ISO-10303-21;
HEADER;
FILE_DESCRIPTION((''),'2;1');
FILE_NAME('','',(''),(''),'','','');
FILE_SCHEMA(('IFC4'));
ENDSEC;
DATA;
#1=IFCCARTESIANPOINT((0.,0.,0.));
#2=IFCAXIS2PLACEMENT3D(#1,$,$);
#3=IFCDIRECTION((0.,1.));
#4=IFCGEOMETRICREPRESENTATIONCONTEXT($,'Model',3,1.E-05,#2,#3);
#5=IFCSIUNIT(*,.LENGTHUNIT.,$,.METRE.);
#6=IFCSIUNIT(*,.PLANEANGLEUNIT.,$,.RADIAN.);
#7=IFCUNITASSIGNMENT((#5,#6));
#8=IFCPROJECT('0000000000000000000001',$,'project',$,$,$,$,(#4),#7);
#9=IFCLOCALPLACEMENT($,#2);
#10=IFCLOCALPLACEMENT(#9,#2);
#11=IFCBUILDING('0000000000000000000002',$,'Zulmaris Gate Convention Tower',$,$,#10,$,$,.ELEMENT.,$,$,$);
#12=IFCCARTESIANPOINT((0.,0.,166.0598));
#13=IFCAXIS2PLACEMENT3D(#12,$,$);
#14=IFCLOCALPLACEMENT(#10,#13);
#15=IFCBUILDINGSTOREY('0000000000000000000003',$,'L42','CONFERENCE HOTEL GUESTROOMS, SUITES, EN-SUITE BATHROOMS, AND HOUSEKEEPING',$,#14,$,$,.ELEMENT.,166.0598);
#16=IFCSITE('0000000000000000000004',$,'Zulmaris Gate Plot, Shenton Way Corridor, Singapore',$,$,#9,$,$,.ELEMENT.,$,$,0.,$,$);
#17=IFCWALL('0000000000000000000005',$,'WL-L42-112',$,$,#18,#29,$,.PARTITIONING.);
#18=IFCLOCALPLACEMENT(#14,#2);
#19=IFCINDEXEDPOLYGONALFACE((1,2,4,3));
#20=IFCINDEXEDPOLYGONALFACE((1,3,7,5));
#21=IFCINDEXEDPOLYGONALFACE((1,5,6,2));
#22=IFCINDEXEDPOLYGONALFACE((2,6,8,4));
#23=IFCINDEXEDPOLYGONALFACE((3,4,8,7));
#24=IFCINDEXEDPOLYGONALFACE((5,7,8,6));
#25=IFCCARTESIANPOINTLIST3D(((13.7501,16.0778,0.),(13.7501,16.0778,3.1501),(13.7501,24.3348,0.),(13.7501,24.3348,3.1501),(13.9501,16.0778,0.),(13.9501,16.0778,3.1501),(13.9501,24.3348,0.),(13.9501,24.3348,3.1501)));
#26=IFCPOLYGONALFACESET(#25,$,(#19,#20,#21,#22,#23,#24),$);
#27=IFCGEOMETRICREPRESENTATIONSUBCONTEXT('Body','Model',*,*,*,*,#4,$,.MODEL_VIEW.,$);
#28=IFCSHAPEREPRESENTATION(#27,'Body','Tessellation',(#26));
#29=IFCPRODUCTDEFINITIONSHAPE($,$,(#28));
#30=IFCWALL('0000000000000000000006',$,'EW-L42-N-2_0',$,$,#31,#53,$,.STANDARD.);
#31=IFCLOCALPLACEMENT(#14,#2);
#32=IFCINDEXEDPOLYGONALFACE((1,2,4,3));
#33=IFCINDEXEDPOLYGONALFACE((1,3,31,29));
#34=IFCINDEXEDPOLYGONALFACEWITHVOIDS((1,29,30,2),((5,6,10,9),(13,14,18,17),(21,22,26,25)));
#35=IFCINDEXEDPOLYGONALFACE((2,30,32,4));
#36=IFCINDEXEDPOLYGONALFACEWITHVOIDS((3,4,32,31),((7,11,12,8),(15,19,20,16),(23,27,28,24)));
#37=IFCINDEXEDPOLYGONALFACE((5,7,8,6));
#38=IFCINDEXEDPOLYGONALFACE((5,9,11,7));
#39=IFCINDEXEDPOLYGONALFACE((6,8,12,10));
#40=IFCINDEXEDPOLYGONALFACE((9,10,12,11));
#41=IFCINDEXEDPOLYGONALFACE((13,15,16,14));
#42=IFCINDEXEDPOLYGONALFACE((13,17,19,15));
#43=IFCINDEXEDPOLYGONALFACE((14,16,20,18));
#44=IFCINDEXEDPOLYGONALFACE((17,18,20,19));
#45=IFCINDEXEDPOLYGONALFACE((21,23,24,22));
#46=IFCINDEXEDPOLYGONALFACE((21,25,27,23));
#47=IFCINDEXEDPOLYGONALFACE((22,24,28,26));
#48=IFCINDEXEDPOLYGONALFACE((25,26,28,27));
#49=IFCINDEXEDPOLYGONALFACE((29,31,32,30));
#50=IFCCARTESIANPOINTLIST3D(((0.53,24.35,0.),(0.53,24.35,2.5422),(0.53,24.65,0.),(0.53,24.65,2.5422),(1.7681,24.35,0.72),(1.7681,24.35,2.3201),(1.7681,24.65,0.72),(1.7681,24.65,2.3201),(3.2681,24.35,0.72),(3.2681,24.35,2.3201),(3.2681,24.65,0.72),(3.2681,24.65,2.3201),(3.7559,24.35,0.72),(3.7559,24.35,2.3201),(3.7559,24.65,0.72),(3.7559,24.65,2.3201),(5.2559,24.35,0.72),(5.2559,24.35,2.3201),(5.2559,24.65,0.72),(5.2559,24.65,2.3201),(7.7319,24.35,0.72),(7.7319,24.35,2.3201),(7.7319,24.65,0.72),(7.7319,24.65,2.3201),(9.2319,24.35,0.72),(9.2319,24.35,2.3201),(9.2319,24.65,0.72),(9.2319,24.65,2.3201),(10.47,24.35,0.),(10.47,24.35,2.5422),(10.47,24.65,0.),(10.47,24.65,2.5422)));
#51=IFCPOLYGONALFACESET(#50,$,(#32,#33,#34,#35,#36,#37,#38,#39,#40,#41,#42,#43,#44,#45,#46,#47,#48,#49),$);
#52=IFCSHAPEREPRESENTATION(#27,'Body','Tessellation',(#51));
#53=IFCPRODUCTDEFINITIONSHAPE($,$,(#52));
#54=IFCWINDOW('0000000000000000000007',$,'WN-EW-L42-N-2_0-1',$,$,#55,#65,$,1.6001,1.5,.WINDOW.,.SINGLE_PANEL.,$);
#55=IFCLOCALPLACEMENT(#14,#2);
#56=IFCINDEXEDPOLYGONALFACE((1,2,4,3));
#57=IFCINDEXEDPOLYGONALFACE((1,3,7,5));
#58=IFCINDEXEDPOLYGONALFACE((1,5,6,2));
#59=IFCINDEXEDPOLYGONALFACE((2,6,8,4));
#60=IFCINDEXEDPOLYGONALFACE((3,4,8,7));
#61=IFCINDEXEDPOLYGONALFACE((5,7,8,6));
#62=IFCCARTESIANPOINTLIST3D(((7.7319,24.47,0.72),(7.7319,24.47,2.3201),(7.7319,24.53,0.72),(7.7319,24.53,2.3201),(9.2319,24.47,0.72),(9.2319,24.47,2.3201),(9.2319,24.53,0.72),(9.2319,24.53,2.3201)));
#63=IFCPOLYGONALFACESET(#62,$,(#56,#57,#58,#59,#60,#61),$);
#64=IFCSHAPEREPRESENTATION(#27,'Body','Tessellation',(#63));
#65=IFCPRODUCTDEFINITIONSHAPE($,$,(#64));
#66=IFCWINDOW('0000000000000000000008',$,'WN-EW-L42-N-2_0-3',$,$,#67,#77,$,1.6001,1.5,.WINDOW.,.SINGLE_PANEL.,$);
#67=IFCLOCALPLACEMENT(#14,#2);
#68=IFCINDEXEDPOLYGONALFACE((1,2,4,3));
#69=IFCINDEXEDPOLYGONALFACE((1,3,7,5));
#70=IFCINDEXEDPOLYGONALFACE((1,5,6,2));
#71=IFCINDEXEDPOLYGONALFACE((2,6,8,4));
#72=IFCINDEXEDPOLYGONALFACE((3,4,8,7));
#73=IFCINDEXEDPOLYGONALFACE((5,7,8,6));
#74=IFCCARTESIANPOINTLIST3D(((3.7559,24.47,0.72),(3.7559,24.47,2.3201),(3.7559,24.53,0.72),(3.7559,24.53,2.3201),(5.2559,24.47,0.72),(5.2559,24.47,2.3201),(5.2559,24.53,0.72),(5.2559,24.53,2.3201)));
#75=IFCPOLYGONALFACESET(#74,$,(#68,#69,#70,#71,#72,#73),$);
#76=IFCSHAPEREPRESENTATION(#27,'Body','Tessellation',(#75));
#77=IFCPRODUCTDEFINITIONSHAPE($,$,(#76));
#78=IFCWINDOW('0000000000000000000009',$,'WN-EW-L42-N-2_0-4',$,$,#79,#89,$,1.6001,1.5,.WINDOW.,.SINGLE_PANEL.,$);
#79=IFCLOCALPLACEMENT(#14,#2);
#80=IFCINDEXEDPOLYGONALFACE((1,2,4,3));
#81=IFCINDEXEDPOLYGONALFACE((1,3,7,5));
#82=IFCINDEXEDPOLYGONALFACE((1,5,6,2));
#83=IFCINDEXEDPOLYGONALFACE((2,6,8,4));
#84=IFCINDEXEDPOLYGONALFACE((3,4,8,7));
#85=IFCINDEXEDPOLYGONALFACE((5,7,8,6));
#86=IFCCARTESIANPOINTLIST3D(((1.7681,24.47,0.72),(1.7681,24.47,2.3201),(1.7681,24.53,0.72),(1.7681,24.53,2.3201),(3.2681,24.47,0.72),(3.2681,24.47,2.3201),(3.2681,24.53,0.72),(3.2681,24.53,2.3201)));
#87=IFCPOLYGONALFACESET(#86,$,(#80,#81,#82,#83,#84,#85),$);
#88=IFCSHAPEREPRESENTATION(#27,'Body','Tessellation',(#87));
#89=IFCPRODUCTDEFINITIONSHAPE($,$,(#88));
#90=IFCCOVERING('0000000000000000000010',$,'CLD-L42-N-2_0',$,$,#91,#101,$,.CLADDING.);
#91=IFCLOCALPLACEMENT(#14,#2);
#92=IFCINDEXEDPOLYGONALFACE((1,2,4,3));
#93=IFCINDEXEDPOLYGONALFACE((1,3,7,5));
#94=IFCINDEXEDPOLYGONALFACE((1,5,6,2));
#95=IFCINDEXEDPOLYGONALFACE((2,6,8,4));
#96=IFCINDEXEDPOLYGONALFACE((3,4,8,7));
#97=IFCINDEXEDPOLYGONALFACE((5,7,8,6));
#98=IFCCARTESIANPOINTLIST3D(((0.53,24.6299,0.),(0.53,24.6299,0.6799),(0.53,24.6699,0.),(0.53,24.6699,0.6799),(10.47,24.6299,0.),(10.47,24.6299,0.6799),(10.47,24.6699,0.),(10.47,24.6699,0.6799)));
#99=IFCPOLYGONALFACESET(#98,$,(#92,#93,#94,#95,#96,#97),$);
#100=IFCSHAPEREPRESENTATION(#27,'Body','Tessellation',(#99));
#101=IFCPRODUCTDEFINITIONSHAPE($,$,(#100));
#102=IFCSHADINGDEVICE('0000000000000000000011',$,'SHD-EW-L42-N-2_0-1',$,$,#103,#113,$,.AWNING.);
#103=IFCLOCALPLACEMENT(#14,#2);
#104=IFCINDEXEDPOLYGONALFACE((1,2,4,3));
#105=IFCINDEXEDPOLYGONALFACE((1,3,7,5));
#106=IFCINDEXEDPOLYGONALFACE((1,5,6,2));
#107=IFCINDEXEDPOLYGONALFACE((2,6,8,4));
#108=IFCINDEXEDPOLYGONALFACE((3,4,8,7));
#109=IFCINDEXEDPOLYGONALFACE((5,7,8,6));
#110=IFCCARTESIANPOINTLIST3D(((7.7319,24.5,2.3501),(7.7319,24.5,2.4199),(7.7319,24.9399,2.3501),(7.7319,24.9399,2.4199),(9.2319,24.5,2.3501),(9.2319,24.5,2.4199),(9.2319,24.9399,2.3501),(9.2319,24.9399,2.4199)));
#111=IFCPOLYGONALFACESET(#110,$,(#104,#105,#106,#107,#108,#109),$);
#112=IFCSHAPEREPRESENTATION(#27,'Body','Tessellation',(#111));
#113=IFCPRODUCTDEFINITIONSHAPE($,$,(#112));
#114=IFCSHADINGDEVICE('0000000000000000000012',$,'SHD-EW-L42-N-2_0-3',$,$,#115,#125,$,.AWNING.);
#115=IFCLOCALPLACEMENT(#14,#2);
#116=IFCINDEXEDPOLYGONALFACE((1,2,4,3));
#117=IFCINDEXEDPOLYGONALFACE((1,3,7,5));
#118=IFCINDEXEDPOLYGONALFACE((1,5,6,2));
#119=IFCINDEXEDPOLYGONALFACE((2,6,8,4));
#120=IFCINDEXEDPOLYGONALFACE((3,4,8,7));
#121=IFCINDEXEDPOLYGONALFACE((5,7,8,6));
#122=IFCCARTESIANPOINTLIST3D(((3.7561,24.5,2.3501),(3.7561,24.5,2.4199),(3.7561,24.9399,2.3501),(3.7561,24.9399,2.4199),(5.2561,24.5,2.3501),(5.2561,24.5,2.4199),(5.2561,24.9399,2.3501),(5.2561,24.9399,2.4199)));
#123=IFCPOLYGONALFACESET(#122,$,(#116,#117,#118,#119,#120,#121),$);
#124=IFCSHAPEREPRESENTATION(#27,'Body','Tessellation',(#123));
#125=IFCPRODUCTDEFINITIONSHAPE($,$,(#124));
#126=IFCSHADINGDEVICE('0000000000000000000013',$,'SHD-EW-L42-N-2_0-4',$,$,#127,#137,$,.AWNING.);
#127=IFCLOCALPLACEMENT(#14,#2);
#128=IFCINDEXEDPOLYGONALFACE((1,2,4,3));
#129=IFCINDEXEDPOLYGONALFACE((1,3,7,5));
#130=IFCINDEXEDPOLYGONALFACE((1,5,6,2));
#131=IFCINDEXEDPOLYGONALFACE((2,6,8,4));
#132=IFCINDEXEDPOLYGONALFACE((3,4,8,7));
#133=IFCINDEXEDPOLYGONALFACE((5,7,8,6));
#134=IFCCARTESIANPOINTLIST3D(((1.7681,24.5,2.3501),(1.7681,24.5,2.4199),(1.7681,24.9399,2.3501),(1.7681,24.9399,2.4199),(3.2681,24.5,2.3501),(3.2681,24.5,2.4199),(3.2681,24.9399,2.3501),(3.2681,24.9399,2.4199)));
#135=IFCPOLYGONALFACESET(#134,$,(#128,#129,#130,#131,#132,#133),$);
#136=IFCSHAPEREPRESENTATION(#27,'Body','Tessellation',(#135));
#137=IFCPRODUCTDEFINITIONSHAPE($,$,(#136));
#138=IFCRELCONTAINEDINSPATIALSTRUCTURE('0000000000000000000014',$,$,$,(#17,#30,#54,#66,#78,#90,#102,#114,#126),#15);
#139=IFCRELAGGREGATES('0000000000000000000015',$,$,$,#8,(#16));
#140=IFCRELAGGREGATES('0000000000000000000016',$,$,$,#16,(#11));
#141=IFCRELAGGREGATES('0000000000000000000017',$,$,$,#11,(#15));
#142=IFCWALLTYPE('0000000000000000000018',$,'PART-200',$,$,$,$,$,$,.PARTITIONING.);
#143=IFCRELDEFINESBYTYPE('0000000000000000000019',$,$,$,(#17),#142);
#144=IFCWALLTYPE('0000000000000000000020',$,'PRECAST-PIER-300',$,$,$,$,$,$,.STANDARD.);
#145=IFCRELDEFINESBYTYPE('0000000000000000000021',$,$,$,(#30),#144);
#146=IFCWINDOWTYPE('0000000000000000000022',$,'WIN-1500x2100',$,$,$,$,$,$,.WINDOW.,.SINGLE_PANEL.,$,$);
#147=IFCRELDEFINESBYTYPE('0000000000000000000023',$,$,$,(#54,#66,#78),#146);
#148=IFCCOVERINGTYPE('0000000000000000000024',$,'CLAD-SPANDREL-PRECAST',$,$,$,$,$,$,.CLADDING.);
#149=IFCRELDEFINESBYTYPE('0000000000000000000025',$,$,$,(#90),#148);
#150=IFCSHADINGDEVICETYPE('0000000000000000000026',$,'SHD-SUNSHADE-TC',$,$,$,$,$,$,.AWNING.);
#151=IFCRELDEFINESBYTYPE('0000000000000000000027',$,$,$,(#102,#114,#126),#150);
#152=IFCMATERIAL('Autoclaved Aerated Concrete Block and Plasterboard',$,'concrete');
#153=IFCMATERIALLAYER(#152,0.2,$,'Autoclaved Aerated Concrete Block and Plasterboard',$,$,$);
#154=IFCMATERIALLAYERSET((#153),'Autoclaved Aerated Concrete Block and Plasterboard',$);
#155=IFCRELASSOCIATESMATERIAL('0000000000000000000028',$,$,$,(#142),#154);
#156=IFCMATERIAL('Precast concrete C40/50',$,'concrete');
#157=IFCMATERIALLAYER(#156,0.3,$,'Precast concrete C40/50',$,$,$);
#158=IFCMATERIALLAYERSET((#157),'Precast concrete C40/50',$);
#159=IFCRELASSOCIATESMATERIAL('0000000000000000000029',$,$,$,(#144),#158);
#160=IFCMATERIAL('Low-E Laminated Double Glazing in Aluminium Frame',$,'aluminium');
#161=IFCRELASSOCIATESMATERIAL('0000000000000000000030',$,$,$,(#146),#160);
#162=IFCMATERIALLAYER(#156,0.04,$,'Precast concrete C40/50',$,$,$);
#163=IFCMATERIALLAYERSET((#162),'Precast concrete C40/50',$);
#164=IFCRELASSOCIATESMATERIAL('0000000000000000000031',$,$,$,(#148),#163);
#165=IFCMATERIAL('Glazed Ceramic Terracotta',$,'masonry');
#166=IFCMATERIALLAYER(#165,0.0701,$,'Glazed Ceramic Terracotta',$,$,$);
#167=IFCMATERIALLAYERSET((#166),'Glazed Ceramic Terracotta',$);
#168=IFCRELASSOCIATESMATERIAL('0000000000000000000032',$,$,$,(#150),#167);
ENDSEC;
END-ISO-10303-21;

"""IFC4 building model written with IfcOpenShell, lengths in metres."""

from ifc_helpers import new_model, si_unit, direction, frame, frame_2d, origin, place, context, subcontext, project, spatial, rectangle, extrude, material, layer, layer_set, type_object, element, fill, save


model = new_model("IFC4")

# Units and contexts
model_context = context("Model", 3, precision=1e-05, world=origin(), true_north=direction((0.0, 1.0)))
body_context = subcontext(model_context, "Body", "Model", "MODEL_VIEW")
ifc_project = project(units=[si_unit("LENGTHUNIT", "METRE"), si_unit("PLANEANGLEUNIT", "RADIAN")], contexts=[model_context])

# Site, building, storey
site_placement = place(None, origin())
site = spatial("IfcSite", under=ifc_project, at=site_placement, Name="Zulmaris Gate Plot, Shenton Way Corridor, Singapore", CompositionType="ELEMENT", RefElevation=0.0)
building_placement = place(site_placement, origin())
building = spatial("IfcBuilding", under=site, at=building_placement, Name="Zulmaris Gate Convention Tower", CompositionType="ELEMENT")
storey_placement = place(building_placement, frame((0.0, 0.0, 166.0598)))
storey = spatial("IfcBuildingStorey", under=building, at=storey_placement, Name="L42", Description="CONFERENCE HOTEL GUESTROOMS, SUITES, EN-SUITE BATHROOMS, AND HOUSEKEEPING", CompositionType="ELEMENT", Elevation=166.0598)

# Wall
ifc_material_1 = material(Name="Autoclaved Aerated Concrete Block and Plasterboard", Category="concrete")
ifc_layer_1 = layer(ifc_material_1, 0.2, Name="Autoclaved Aerated Concrete Block and Plasterboard")
ifc_layer_set_1 = layer_set([ifc_layer_1], Name="Autoclaved Aerated Concrete Block and Plasterboard")
wall_type_1 = type_object("IfcWallType", Name="PART-200", PredefinedType="PARTITIONING", material=ifc_layer_set_1)
wall_1_placement = place(storey_placement, frame((13.8501, 16.0779, 0.0), z_axis=(0.0, 0.0, 1.0), x_axis=(0.0, 1.0, 0.0)))
element("IfcWall", 1, at=wall_1_placement, inside=storey, type_object=wall_type_1, Name="WL-L42-112", PredefinedType="PARTITIONING", context=body_context, shape_type="SweptSolid", body=[
    extrude(rectangle(XDim=8.2571, YDim=0.2, at=frame_2d((4.1284, 0.0))), origin(), (0.0, 0.0, 1.0), 3.1501),
])

# Wall, openings, windows
ifc_material_2 = material(Name="Precast concrete C40/50", Category="concrete")
ifc_layer_2 = layer(ifc_material_2, 0.3, Name="Precast concrete C40/50")
ifc_layer_set_2 = layer_set([ifc_layer_2], Name="Precast concrete C40/50")
wall_type_2 = type_object("IfcWallType", Name="PRECAST-PIER-300", PredefinedType="STANDARD", material=ifc_layer_set_2)
wall_2_placement = place(storey_placement, frame((10.47, 24.5, 0.0), z_axis=(0.0, 0.0, 1.0), x_axis=(-1.0, 0.0, 0.0)))
wall_2 = element("IfcWall", 2, at=wall_2_placement, inside=storey, type_object=wall_type_2, Name="EW-L42-N-2_0", PredefinedType="STANDARD", context=body_context, shape_type="SweptSolid", body=[
    extrude(rectangle(XDim=9.9399, YDim=0.3, at=frame_2d((4.97, 0.0))), origin(), (0.0, 0.0, 1.0), 2.5422),
])
opening_1_placement = place(wall_2_placement, frame((1.238, 0.0, 0.72)))
opening_1 = element("IfcOpeningElement", 3, at=opening_1_placement, cuts=wall_2, PredefinedType="OPENING", context=body_context, shape_type="SweptSolid", body=[
    extrude(rectangle(XDim=1.5, YDim=1.6001, at=frame_2d((0.75, 0.8))), frame((0.0, 0.1602, 0.0), z_axis=(0.0, -1.0, 0.0), x_axis=(1.0, 0.0, 0.0)), (0.0, 0.0, 1.0), 0.3201),
])
opening_2_placement = place(wall_2_placement, frame((5.2141, 0.0, 0.72)))
opening_2 = element("IfcOpeningElement", 4, at=opening_2_placement, cuts=wall_2, PredefinedType="OPENING", context=body_context, shape_type="SweptSolid", body=[
    extrude(rectangle(XDim=1.5, YDim=1.6001, at=frame_2d((0.75, 0.8))), frame((0.0, 0.1602, 0.0), z_axis=(0.0, -1.0, 0.0), x_axis=(1.0, 0.0, 0.0)), (0.0, 0.0, 1.0), 0.3201),
])
opening_3_placement = place(wall_2_placement, frame((7.2019, 0.0, 0.72)))
opening_3 = element("IfcOpeningElement", 5, at=opening_3_placement, cuts=wall_2, PredefinedType="OPENING", context=body_context, shape_type="SweptSolid", body=[
    extrude(rectangle(XDim=1.5, YDim=1.6001, at=frame_2d((0.75, 0.8))), frame((0.0, 0.1602, 0.0), z_axis=(0.0, -1.0, 0.0), x_axis=(1.0, 0.0, 0.0)), (0.0, 0.0, 1.0), 0.3201),
])
ifc_material_3 = material(Name="Low-E Laminated Double Glazing in Aluminium Frame", Category="aluminium")
window_type = type_object("IfcWindowType", Name="WIN-1500x2100", PartitioningType="SINGLE_PANEL", PredefinedType="WINDOW", material=ifc_material_3)
window_1_placement = place(opening_1_placement, origin())
window_1 = element("IfcWindow", 6, at=window_1_placement, inside=storey, type_object=window_type, Name="WN-EW-L42-N-2_0-1", OverallHeight=1.6001, OverallWidth=1.5, PartitioningType="SINGLE_PANEL", PredefinedType="WINDOW", context=body_context, shape_type="SweptSolid", body=[
    extrude(rectangle(XDim=1.5, YDim=1.6001, at=frame_2d((0.75, 0.8))), frame((0.0, 0.03, 0.0), z_axis=(0.0, -1.0, 0.0), x_axis=(1.0, 0.0, 0.0)), (0.0, 0.0, 1.0), 0.0601),
])
fill(opening_1, window_1)
window_2_placement = place(opening_2_placement, origin())
window_2 = element("IfcWindow", 7, at=window_2_placement, inside=storey, type_object=window_type, Name="WN-EW-L42-N-2_0-3", OverallHeight=1.6001, OverallWidth=1.5, PartitioningType="SINGLE_PANEL", PredefinedType="WINDOW", context=body_context, shape_type="SweptSolid", body=[
    extrude(rectangle(XDim=1.5, YDim=1.6001, at=frame_2d((0.75, 0.8))), frame((0.0, 0.03, 0.0), z_axis=(0.0, -1.0, 0.0), x_axis=(1.0, 0.0, 0.0)), (0.0, 0.0, 1.0), 0.0601),
])
fill(opening_2, window_2)
window_3_placement = place(opening_3_placement, origin())
window_3 = element("IfcWindow", 8, at=window_3_placement, inside=storey, type_object=window_type, Name="WN-EW-L42-N-2_0-4", OverallHeight=1.6001, OverallWidth=1.5, PartitioningType="SINGLE_PANEL", PredefinedType="WINDOW", context=body_context, shape_type="SweptSolid", body=[
    extrude(rectangle(XDim=1.5, YDim=1.6001, at=frame_2d((0.75, 0.8))), frame((0.0, 0.03, 0.0), z_axis=(0.0, -1.0, 0.0), x_axis=(1.0, 0.0, 0.0)), (0.0, 0.0, 1.0), 0.0601),
])
fill(opening_3, window_3)

# Covering
ifc_layer_3 = layer(ifc_material_2, 0.04, Name="Precast concrete C40/50")
ifc_layer_set_3 = layer_set([ifc_layer_3], Name="Precast concrete C40/50")
covering_type = type_object("IfcCoveringType", Name="CLAD-SPANDREL-PRECAST", PredefinedType="CLADDING", material=ifc_layer_set_3)
covering_placement = place(storey_placement, frame((10.47, 24.6499, 0.0), z_axis=(0.0, 0.0, 1.0), x_axis=(-1.0, 0.0, 0.0)))
element("IfcCovering", 9, at=covering_placement, inside=storey, type_object=covering_type, Name="CLD-L42-N-2_0", PredefinedType="CLADDING", context=body_context, shape_type="SweptSolid", body=[
    extrude(rectangle(XDim=9.9399, YDim=0.04, at=frame_2d((4.97, 0.0))), origin(), (0.0, 0.0, 1.0), 0.6799),
])

# Shading devices
ifc_material_4 = material(Name="Glazed Ceramic Terracotta", Category="masonry")
ifc_layer_4 = layer(ifc_material_4, 0.0701, Name="Glazed Ceramic Terracotta")
ifc_layer_set_4 = layer_set([ifc_layer_4], Name="Glazed Ceramic Terracotta")
shading_device_type = type_object("IfcShadingDeviceType", Name="SHD-SUNSHADE-TC", PredefinedType="AWNING", material=ifc_layer_set_4)
for number, where, z_axis, x_axis, name in (
    (10, (9.2319, 24.72, 2.3501), (0.0, 0.0, 1.0), (-1.0, 0.0, 0.0), "SHD-EW-L42-N-2_0-1"),
    (11, (5.2561, 24.72, 2.3501), (0.0, 0.0, 1.0), (-1.0, 0.0, 0.0), "SHD-EW-L42-N-2_0-3"),
    (12, (3.2681, 24.72, 2.3501), (0.0, 0.0, 1.0), (-1.0, 0.0, 0.0), "SHD-EW-L42-N-2_0-4"),
):
    element("IfcShadingDevice", number, at=place(storey_placement, frame(where, z_axis=z_axis, x_axis=x_axis)), inside=storey, type_object=shading_device_type, Name=name, PredefinedType="AWNING", context=body_context, shape_type="SweptSolid", body=[
        extrude(rectangle(XDim=1.5, YDim=0.4399, at=frame_2d((0.75, 0.0))), origin(), (0.0, 0.0, 1.0), 0.0698),
    ])

save(model, "model.ifc")
